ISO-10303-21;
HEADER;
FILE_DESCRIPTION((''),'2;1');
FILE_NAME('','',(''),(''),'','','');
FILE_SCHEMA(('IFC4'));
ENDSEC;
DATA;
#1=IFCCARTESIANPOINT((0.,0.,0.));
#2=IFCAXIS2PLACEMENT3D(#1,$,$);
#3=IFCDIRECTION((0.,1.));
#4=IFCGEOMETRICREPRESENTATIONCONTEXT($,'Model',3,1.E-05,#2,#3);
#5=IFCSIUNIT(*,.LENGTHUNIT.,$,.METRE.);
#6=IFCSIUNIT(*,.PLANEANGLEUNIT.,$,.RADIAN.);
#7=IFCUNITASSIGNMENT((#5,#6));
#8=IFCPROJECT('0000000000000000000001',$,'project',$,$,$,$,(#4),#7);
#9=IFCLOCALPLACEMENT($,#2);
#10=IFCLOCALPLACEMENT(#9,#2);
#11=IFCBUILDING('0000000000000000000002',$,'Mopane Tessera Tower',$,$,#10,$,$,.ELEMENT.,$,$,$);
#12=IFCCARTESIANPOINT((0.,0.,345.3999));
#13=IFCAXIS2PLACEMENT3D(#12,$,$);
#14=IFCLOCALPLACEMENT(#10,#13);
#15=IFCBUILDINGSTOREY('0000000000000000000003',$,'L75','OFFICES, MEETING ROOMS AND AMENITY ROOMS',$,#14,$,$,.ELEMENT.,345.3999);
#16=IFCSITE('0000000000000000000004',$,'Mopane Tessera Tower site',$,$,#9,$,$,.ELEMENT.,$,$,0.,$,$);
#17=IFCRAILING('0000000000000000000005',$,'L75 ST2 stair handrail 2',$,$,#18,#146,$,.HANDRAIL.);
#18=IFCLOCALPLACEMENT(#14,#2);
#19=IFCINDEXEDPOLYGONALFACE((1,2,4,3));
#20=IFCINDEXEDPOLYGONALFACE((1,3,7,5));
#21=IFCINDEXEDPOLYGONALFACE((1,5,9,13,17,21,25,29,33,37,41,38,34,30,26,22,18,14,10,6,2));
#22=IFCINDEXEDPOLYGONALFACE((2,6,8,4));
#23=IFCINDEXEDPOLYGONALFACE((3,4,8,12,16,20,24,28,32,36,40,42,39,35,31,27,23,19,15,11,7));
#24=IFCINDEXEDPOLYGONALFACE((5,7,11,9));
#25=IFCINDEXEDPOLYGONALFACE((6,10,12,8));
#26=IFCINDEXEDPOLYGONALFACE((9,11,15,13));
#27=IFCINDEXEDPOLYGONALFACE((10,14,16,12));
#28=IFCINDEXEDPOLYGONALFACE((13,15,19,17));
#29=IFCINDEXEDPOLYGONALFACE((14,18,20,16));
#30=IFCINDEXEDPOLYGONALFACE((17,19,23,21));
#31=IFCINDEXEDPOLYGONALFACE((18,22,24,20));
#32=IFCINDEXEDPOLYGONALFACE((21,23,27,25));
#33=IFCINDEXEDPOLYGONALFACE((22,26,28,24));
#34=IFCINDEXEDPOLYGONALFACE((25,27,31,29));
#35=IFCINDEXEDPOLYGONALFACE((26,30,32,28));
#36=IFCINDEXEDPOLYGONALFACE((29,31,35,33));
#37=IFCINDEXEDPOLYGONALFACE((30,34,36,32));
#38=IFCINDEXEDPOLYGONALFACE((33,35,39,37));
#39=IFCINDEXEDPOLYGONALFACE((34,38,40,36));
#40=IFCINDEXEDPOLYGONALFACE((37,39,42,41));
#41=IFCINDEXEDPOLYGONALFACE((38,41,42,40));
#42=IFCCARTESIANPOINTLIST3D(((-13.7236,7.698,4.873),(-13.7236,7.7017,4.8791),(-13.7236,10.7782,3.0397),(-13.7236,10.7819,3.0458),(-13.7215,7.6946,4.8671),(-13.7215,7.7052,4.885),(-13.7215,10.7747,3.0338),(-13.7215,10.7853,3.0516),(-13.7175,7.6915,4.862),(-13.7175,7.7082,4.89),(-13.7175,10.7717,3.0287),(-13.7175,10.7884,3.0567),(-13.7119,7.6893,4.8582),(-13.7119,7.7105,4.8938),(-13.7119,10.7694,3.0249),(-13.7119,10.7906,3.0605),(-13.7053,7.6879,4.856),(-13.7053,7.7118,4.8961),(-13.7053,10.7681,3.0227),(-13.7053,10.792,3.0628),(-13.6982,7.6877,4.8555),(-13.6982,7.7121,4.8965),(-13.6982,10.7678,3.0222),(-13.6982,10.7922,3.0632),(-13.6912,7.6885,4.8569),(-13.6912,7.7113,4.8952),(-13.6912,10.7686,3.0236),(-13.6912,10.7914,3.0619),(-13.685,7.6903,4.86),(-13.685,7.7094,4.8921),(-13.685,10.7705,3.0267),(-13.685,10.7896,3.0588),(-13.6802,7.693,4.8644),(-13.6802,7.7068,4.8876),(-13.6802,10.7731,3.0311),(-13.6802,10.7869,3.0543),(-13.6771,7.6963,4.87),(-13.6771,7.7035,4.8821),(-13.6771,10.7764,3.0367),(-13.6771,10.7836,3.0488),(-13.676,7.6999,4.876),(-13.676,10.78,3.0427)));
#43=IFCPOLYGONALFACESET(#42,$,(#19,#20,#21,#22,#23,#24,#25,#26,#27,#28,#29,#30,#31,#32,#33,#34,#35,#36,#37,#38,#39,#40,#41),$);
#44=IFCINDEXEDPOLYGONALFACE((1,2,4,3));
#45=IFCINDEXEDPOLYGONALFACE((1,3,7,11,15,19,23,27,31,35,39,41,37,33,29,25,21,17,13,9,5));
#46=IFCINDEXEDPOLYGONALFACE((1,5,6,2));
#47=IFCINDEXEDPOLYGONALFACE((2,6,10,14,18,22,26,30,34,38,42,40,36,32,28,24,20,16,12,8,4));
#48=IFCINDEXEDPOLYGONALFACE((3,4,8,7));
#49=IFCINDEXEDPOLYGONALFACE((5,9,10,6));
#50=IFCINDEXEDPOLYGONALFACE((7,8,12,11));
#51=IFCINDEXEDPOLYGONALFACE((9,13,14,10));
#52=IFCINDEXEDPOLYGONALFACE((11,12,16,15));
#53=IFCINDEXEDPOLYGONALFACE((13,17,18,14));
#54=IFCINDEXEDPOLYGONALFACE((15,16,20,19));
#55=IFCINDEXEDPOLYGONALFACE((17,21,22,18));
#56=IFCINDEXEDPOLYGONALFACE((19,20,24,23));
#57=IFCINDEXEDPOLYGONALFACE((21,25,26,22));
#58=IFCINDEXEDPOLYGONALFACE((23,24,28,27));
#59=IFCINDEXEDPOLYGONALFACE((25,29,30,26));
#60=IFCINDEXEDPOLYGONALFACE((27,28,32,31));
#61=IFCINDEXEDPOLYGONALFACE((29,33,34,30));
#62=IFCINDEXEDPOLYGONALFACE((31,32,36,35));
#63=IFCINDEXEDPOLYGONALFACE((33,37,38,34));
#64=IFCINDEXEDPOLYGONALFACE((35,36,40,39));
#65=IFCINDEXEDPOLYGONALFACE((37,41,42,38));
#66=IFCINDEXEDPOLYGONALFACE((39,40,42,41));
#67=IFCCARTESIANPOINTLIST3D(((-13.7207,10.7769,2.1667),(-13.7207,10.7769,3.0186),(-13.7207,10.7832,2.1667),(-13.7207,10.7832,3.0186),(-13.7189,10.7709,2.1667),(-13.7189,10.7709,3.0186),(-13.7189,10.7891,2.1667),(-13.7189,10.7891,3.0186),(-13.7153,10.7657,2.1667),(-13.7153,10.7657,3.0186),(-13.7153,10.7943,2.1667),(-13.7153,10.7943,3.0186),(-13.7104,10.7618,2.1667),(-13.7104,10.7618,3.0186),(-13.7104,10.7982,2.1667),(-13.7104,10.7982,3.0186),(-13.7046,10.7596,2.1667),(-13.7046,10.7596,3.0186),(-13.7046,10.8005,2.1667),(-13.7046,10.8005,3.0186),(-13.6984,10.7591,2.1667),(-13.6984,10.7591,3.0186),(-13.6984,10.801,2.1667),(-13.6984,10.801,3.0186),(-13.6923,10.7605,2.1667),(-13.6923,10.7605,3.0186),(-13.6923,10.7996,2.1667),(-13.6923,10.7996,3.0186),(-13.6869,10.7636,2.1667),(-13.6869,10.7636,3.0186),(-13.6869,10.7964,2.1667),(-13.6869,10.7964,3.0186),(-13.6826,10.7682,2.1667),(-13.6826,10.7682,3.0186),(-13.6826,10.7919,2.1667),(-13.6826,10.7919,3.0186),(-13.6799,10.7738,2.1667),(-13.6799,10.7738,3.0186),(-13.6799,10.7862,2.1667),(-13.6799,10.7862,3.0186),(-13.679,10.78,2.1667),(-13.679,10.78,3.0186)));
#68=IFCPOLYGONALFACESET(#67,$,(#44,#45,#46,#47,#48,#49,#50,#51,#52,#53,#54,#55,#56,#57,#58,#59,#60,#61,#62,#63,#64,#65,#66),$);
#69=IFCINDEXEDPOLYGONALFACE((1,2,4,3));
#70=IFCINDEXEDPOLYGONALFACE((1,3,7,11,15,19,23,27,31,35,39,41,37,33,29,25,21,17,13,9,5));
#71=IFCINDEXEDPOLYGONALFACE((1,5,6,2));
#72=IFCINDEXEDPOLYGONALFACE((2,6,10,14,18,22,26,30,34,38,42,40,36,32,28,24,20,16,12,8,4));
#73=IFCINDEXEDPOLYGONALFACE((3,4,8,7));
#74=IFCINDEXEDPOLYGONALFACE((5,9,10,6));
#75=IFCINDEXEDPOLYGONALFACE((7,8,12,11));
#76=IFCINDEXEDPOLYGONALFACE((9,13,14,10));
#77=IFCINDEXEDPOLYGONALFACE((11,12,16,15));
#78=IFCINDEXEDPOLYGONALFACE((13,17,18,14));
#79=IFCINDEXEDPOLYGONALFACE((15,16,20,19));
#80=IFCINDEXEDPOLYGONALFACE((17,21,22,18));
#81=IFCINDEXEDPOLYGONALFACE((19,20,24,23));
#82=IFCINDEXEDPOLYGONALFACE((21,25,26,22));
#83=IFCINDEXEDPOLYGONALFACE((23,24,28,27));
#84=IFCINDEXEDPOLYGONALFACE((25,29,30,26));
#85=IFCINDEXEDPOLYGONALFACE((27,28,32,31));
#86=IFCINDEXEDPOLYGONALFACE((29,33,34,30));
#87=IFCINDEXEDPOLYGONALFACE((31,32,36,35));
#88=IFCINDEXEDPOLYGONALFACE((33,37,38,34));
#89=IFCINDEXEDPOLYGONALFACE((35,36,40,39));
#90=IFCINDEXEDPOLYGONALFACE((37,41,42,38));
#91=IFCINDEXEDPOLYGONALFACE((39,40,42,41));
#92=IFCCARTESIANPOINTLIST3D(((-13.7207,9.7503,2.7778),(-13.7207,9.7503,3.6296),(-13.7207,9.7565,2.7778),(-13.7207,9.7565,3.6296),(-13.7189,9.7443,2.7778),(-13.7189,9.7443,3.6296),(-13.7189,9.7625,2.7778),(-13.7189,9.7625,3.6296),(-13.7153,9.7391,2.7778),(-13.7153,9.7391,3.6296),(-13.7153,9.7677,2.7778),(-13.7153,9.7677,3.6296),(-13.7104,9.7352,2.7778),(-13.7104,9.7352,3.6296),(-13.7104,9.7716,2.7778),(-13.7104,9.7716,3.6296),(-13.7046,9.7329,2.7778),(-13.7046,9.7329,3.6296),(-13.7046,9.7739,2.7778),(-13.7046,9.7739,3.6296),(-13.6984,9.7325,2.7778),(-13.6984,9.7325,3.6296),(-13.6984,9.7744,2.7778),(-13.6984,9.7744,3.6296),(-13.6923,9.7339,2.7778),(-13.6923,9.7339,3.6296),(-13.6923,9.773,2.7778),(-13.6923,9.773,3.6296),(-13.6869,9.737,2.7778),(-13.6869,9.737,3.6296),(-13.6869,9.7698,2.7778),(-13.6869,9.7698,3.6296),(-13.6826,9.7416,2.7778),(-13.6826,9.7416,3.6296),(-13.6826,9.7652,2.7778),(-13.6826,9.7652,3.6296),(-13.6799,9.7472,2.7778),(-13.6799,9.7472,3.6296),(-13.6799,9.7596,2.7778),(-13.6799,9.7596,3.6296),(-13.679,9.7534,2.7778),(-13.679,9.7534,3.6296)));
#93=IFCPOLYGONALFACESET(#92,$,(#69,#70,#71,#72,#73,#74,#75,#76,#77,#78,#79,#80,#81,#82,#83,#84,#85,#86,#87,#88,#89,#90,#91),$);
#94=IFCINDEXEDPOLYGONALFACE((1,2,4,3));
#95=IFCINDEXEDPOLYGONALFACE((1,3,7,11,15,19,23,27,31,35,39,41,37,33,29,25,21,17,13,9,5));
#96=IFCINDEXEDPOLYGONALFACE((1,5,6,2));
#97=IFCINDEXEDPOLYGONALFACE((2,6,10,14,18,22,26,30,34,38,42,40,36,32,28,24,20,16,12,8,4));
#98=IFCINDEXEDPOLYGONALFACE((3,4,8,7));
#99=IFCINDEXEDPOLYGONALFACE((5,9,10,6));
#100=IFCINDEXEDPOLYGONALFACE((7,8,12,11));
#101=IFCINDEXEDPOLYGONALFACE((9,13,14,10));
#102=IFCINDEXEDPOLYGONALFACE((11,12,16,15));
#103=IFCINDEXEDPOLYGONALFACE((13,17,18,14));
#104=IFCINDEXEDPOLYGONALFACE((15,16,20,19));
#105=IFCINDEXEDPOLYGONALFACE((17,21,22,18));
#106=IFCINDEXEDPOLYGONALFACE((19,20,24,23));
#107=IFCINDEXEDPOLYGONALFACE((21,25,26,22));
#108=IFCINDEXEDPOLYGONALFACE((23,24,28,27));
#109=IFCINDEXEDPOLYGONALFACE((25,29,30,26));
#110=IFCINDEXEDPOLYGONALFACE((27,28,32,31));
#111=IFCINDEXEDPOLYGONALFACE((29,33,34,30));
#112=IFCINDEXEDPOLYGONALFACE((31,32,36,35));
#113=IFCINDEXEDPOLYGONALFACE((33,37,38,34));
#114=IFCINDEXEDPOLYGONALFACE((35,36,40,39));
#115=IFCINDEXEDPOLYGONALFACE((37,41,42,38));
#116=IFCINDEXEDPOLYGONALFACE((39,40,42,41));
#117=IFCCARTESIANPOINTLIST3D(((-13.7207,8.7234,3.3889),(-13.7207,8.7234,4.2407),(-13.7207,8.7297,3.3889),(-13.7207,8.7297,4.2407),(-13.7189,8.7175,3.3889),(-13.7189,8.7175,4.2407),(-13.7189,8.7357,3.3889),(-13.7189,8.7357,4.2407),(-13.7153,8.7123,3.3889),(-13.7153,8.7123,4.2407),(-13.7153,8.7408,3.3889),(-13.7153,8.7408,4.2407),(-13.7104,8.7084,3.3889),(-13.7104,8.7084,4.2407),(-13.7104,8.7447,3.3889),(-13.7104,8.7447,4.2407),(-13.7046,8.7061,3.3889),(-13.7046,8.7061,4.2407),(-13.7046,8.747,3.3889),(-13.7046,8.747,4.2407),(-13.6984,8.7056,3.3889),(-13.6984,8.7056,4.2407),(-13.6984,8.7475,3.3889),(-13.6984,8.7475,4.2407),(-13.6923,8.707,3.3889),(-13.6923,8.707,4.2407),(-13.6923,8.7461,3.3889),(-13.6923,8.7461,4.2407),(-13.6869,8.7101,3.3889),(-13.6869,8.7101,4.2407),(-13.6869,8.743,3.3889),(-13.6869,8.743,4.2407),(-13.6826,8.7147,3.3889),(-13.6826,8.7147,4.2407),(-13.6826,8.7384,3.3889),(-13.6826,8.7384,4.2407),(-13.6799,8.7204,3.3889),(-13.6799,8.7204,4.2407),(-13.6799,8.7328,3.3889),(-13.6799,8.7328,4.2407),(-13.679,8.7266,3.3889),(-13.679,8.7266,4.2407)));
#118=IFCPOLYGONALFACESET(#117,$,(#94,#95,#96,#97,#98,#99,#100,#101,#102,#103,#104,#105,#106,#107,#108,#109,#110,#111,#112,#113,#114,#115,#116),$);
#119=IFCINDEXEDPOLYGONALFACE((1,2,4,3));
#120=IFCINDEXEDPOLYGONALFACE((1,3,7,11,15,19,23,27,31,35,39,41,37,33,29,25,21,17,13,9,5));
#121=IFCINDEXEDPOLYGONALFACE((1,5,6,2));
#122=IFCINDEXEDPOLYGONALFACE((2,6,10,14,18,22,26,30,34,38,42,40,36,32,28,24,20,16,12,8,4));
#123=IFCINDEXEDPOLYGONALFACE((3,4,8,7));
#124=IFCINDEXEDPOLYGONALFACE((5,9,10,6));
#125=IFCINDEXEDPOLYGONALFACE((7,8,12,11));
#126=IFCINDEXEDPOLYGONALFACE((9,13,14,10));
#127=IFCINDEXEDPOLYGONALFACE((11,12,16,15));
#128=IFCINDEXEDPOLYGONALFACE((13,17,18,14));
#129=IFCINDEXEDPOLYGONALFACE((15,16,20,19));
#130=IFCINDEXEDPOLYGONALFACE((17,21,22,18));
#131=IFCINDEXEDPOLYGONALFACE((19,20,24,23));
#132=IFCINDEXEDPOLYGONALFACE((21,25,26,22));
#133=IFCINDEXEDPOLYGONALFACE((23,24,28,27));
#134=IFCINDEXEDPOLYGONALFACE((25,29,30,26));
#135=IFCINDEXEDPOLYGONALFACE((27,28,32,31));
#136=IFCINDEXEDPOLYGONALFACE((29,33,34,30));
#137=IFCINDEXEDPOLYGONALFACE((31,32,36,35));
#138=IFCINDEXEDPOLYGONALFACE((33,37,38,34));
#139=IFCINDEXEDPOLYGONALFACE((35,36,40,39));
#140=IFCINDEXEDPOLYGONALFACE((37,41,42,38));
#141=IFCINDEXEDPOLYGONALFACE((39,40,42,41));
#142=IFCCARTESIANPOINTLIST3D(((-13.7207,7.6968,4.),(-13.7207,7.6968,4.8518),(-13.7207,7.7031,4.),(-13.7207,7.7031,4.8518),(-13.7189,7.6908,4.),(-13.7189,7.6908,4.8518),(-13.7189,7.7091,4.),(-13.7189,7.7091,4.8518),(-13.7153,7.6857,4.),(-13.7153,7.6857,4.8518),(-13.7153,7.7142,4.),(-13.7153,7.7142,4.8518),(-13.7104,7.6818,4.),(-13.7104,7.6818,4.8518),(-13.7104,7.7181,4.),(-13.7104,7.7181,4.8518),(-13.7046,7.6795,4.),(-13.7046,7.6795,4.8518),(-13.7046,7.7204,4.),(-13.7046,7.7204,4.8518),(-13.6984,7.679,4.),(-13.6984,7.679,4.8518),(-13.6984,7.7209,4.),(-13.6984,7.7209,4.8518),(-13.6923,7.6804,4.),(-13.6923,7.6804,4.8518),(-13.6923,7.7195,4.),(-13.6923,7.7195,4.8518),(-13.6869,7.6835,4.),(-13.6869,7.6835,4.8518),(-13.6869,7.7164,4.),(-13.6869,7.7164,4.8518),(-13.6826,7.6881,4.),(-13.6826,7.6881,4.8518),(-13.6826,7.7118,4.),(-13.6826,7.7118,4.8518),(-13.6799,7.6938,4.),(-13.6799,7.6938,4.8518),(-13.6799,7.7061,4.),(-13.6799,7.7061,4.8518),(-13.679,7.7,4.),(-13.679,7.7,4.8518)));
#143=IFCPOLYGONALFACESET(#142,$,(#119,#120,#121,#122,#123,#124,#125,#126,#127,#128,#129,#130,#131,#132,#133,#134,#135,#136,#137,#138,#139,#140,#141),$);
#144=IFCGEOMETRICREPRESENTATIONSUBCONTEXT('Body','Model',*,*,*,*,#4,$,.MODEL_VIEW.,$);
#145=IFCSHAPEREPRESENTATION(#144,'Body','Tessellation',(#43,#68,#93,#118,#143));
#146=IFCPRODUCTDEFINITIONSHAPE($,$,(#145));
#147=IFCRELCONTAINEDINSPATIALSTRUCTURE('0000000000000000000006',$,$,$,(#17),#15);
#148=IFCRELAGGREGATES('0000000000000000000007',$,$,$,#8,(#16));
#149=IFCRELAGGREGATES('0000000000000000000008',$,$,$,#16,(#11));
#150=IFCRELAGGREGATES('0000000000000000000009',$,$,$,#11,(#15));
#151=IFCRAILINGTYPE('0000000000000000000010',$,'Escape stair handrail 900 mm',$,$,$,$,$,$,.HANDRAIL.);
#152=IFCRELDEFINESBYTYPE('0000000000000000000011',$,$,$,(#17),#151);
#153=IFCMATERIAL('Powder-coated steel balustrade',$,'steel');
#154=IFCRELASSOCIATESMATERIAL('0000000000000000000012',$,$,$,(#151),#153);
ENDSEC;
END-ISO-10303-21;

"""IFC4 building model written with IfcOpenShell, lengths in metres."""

from ifc_helpers import new_model, si_unit, direction, frame, origin, origin_2d, place, context, subcontext, project, spatial, circle, extrude, material, type_object, element, save


model = new_model("IFC4")

# Units and contexts
model_context = context("Model", 3, precision=1e-05, world=origin(), true_north=direction((0.0, 1.0)))
body_context = subcontext(model_context, "Body", "Model", "MODEL_VIEW")
ifc_project = project(units=[si_unit("LENGTHUNIT", "METRE"), si_unit("PLANEANGLEUNIT", "RADIAN")], contexts=[model_context])

# Site, building, storey
site_placement = place(None, origin())
site = spatial("IfcSite", under=ifc_project, at=site_placement, Name="Mopane Tessera Tower site", CompositionType="ELEMENT", RefElevation=0.0)
building_placement = place(site_placement, origin())
building = spatial("IfcBuilding", under=site, at=building_placement, Name="Mopane Tessera Tower", CompositionType="ELEMENT")
storey_placement = place(building_placement, frame((0.0, 0.0, 345.3999)))
storey = spatial("IfcBuildingStorey", under=building, at=storey_placement, Name="L75", Description="OFFICES, MEETING ROOMS AND AMENITY ROOMS", CompositionType="ELEMENT", Elevation=345.3999)

# Railing
ifc_material_1 = material(Name="Powder-coated steel balustrade", Category="steel")
railing_type = type_object("IfcRailingType", Name="Escape stair handrail 900 mm", PredefinedType="HANDRAIL", material=ifc_material_1)
railing_placement = place(storey_placement, frame((-13.7, 10.78, 2.1667)))
element("IfcRailing", 1, at=railing_placement, inside=storey, type_object=railing_type, Name="L75 ST2 stair handrail 2", PredefinedType="HANDRAIL", context=body_context, shape_type="SweptSolid", body=[
    extrude(circle(Radius=0.0239, at=origin_2d()), frame((0.0, 0.0, 0.876), z_axis=(0.0, -0.859309, 0.511458), x_axis=(1.0, 0.0, 0.0)), (0.0, 0.0, 1.0), 3.5845),
    extrude(circle(Radius=0.021, at=origin_2d()), origin(), (0.0, 0.0, 1.0), 0.8518),
    extrude(circle(Radius=0.021, at=origin_2d()), frame((0.0, -1.0266, 0.6111)), (0.0, 0.0, 1.0), 0.8518),
    extrude(circle(Radius=0.021, at=origin_2d()), frame((0.0, -2.0535, 1.2222)), (0.0, 0.0, 1.0), 0.8518),
    extrude(circle(Radius=0.021, at=origin_2d()), frame((0.0, -3.0801, 1.8333)), (0.0, 0.0, 1.0), 0.8518),
])

save(model, "model.ifc")
